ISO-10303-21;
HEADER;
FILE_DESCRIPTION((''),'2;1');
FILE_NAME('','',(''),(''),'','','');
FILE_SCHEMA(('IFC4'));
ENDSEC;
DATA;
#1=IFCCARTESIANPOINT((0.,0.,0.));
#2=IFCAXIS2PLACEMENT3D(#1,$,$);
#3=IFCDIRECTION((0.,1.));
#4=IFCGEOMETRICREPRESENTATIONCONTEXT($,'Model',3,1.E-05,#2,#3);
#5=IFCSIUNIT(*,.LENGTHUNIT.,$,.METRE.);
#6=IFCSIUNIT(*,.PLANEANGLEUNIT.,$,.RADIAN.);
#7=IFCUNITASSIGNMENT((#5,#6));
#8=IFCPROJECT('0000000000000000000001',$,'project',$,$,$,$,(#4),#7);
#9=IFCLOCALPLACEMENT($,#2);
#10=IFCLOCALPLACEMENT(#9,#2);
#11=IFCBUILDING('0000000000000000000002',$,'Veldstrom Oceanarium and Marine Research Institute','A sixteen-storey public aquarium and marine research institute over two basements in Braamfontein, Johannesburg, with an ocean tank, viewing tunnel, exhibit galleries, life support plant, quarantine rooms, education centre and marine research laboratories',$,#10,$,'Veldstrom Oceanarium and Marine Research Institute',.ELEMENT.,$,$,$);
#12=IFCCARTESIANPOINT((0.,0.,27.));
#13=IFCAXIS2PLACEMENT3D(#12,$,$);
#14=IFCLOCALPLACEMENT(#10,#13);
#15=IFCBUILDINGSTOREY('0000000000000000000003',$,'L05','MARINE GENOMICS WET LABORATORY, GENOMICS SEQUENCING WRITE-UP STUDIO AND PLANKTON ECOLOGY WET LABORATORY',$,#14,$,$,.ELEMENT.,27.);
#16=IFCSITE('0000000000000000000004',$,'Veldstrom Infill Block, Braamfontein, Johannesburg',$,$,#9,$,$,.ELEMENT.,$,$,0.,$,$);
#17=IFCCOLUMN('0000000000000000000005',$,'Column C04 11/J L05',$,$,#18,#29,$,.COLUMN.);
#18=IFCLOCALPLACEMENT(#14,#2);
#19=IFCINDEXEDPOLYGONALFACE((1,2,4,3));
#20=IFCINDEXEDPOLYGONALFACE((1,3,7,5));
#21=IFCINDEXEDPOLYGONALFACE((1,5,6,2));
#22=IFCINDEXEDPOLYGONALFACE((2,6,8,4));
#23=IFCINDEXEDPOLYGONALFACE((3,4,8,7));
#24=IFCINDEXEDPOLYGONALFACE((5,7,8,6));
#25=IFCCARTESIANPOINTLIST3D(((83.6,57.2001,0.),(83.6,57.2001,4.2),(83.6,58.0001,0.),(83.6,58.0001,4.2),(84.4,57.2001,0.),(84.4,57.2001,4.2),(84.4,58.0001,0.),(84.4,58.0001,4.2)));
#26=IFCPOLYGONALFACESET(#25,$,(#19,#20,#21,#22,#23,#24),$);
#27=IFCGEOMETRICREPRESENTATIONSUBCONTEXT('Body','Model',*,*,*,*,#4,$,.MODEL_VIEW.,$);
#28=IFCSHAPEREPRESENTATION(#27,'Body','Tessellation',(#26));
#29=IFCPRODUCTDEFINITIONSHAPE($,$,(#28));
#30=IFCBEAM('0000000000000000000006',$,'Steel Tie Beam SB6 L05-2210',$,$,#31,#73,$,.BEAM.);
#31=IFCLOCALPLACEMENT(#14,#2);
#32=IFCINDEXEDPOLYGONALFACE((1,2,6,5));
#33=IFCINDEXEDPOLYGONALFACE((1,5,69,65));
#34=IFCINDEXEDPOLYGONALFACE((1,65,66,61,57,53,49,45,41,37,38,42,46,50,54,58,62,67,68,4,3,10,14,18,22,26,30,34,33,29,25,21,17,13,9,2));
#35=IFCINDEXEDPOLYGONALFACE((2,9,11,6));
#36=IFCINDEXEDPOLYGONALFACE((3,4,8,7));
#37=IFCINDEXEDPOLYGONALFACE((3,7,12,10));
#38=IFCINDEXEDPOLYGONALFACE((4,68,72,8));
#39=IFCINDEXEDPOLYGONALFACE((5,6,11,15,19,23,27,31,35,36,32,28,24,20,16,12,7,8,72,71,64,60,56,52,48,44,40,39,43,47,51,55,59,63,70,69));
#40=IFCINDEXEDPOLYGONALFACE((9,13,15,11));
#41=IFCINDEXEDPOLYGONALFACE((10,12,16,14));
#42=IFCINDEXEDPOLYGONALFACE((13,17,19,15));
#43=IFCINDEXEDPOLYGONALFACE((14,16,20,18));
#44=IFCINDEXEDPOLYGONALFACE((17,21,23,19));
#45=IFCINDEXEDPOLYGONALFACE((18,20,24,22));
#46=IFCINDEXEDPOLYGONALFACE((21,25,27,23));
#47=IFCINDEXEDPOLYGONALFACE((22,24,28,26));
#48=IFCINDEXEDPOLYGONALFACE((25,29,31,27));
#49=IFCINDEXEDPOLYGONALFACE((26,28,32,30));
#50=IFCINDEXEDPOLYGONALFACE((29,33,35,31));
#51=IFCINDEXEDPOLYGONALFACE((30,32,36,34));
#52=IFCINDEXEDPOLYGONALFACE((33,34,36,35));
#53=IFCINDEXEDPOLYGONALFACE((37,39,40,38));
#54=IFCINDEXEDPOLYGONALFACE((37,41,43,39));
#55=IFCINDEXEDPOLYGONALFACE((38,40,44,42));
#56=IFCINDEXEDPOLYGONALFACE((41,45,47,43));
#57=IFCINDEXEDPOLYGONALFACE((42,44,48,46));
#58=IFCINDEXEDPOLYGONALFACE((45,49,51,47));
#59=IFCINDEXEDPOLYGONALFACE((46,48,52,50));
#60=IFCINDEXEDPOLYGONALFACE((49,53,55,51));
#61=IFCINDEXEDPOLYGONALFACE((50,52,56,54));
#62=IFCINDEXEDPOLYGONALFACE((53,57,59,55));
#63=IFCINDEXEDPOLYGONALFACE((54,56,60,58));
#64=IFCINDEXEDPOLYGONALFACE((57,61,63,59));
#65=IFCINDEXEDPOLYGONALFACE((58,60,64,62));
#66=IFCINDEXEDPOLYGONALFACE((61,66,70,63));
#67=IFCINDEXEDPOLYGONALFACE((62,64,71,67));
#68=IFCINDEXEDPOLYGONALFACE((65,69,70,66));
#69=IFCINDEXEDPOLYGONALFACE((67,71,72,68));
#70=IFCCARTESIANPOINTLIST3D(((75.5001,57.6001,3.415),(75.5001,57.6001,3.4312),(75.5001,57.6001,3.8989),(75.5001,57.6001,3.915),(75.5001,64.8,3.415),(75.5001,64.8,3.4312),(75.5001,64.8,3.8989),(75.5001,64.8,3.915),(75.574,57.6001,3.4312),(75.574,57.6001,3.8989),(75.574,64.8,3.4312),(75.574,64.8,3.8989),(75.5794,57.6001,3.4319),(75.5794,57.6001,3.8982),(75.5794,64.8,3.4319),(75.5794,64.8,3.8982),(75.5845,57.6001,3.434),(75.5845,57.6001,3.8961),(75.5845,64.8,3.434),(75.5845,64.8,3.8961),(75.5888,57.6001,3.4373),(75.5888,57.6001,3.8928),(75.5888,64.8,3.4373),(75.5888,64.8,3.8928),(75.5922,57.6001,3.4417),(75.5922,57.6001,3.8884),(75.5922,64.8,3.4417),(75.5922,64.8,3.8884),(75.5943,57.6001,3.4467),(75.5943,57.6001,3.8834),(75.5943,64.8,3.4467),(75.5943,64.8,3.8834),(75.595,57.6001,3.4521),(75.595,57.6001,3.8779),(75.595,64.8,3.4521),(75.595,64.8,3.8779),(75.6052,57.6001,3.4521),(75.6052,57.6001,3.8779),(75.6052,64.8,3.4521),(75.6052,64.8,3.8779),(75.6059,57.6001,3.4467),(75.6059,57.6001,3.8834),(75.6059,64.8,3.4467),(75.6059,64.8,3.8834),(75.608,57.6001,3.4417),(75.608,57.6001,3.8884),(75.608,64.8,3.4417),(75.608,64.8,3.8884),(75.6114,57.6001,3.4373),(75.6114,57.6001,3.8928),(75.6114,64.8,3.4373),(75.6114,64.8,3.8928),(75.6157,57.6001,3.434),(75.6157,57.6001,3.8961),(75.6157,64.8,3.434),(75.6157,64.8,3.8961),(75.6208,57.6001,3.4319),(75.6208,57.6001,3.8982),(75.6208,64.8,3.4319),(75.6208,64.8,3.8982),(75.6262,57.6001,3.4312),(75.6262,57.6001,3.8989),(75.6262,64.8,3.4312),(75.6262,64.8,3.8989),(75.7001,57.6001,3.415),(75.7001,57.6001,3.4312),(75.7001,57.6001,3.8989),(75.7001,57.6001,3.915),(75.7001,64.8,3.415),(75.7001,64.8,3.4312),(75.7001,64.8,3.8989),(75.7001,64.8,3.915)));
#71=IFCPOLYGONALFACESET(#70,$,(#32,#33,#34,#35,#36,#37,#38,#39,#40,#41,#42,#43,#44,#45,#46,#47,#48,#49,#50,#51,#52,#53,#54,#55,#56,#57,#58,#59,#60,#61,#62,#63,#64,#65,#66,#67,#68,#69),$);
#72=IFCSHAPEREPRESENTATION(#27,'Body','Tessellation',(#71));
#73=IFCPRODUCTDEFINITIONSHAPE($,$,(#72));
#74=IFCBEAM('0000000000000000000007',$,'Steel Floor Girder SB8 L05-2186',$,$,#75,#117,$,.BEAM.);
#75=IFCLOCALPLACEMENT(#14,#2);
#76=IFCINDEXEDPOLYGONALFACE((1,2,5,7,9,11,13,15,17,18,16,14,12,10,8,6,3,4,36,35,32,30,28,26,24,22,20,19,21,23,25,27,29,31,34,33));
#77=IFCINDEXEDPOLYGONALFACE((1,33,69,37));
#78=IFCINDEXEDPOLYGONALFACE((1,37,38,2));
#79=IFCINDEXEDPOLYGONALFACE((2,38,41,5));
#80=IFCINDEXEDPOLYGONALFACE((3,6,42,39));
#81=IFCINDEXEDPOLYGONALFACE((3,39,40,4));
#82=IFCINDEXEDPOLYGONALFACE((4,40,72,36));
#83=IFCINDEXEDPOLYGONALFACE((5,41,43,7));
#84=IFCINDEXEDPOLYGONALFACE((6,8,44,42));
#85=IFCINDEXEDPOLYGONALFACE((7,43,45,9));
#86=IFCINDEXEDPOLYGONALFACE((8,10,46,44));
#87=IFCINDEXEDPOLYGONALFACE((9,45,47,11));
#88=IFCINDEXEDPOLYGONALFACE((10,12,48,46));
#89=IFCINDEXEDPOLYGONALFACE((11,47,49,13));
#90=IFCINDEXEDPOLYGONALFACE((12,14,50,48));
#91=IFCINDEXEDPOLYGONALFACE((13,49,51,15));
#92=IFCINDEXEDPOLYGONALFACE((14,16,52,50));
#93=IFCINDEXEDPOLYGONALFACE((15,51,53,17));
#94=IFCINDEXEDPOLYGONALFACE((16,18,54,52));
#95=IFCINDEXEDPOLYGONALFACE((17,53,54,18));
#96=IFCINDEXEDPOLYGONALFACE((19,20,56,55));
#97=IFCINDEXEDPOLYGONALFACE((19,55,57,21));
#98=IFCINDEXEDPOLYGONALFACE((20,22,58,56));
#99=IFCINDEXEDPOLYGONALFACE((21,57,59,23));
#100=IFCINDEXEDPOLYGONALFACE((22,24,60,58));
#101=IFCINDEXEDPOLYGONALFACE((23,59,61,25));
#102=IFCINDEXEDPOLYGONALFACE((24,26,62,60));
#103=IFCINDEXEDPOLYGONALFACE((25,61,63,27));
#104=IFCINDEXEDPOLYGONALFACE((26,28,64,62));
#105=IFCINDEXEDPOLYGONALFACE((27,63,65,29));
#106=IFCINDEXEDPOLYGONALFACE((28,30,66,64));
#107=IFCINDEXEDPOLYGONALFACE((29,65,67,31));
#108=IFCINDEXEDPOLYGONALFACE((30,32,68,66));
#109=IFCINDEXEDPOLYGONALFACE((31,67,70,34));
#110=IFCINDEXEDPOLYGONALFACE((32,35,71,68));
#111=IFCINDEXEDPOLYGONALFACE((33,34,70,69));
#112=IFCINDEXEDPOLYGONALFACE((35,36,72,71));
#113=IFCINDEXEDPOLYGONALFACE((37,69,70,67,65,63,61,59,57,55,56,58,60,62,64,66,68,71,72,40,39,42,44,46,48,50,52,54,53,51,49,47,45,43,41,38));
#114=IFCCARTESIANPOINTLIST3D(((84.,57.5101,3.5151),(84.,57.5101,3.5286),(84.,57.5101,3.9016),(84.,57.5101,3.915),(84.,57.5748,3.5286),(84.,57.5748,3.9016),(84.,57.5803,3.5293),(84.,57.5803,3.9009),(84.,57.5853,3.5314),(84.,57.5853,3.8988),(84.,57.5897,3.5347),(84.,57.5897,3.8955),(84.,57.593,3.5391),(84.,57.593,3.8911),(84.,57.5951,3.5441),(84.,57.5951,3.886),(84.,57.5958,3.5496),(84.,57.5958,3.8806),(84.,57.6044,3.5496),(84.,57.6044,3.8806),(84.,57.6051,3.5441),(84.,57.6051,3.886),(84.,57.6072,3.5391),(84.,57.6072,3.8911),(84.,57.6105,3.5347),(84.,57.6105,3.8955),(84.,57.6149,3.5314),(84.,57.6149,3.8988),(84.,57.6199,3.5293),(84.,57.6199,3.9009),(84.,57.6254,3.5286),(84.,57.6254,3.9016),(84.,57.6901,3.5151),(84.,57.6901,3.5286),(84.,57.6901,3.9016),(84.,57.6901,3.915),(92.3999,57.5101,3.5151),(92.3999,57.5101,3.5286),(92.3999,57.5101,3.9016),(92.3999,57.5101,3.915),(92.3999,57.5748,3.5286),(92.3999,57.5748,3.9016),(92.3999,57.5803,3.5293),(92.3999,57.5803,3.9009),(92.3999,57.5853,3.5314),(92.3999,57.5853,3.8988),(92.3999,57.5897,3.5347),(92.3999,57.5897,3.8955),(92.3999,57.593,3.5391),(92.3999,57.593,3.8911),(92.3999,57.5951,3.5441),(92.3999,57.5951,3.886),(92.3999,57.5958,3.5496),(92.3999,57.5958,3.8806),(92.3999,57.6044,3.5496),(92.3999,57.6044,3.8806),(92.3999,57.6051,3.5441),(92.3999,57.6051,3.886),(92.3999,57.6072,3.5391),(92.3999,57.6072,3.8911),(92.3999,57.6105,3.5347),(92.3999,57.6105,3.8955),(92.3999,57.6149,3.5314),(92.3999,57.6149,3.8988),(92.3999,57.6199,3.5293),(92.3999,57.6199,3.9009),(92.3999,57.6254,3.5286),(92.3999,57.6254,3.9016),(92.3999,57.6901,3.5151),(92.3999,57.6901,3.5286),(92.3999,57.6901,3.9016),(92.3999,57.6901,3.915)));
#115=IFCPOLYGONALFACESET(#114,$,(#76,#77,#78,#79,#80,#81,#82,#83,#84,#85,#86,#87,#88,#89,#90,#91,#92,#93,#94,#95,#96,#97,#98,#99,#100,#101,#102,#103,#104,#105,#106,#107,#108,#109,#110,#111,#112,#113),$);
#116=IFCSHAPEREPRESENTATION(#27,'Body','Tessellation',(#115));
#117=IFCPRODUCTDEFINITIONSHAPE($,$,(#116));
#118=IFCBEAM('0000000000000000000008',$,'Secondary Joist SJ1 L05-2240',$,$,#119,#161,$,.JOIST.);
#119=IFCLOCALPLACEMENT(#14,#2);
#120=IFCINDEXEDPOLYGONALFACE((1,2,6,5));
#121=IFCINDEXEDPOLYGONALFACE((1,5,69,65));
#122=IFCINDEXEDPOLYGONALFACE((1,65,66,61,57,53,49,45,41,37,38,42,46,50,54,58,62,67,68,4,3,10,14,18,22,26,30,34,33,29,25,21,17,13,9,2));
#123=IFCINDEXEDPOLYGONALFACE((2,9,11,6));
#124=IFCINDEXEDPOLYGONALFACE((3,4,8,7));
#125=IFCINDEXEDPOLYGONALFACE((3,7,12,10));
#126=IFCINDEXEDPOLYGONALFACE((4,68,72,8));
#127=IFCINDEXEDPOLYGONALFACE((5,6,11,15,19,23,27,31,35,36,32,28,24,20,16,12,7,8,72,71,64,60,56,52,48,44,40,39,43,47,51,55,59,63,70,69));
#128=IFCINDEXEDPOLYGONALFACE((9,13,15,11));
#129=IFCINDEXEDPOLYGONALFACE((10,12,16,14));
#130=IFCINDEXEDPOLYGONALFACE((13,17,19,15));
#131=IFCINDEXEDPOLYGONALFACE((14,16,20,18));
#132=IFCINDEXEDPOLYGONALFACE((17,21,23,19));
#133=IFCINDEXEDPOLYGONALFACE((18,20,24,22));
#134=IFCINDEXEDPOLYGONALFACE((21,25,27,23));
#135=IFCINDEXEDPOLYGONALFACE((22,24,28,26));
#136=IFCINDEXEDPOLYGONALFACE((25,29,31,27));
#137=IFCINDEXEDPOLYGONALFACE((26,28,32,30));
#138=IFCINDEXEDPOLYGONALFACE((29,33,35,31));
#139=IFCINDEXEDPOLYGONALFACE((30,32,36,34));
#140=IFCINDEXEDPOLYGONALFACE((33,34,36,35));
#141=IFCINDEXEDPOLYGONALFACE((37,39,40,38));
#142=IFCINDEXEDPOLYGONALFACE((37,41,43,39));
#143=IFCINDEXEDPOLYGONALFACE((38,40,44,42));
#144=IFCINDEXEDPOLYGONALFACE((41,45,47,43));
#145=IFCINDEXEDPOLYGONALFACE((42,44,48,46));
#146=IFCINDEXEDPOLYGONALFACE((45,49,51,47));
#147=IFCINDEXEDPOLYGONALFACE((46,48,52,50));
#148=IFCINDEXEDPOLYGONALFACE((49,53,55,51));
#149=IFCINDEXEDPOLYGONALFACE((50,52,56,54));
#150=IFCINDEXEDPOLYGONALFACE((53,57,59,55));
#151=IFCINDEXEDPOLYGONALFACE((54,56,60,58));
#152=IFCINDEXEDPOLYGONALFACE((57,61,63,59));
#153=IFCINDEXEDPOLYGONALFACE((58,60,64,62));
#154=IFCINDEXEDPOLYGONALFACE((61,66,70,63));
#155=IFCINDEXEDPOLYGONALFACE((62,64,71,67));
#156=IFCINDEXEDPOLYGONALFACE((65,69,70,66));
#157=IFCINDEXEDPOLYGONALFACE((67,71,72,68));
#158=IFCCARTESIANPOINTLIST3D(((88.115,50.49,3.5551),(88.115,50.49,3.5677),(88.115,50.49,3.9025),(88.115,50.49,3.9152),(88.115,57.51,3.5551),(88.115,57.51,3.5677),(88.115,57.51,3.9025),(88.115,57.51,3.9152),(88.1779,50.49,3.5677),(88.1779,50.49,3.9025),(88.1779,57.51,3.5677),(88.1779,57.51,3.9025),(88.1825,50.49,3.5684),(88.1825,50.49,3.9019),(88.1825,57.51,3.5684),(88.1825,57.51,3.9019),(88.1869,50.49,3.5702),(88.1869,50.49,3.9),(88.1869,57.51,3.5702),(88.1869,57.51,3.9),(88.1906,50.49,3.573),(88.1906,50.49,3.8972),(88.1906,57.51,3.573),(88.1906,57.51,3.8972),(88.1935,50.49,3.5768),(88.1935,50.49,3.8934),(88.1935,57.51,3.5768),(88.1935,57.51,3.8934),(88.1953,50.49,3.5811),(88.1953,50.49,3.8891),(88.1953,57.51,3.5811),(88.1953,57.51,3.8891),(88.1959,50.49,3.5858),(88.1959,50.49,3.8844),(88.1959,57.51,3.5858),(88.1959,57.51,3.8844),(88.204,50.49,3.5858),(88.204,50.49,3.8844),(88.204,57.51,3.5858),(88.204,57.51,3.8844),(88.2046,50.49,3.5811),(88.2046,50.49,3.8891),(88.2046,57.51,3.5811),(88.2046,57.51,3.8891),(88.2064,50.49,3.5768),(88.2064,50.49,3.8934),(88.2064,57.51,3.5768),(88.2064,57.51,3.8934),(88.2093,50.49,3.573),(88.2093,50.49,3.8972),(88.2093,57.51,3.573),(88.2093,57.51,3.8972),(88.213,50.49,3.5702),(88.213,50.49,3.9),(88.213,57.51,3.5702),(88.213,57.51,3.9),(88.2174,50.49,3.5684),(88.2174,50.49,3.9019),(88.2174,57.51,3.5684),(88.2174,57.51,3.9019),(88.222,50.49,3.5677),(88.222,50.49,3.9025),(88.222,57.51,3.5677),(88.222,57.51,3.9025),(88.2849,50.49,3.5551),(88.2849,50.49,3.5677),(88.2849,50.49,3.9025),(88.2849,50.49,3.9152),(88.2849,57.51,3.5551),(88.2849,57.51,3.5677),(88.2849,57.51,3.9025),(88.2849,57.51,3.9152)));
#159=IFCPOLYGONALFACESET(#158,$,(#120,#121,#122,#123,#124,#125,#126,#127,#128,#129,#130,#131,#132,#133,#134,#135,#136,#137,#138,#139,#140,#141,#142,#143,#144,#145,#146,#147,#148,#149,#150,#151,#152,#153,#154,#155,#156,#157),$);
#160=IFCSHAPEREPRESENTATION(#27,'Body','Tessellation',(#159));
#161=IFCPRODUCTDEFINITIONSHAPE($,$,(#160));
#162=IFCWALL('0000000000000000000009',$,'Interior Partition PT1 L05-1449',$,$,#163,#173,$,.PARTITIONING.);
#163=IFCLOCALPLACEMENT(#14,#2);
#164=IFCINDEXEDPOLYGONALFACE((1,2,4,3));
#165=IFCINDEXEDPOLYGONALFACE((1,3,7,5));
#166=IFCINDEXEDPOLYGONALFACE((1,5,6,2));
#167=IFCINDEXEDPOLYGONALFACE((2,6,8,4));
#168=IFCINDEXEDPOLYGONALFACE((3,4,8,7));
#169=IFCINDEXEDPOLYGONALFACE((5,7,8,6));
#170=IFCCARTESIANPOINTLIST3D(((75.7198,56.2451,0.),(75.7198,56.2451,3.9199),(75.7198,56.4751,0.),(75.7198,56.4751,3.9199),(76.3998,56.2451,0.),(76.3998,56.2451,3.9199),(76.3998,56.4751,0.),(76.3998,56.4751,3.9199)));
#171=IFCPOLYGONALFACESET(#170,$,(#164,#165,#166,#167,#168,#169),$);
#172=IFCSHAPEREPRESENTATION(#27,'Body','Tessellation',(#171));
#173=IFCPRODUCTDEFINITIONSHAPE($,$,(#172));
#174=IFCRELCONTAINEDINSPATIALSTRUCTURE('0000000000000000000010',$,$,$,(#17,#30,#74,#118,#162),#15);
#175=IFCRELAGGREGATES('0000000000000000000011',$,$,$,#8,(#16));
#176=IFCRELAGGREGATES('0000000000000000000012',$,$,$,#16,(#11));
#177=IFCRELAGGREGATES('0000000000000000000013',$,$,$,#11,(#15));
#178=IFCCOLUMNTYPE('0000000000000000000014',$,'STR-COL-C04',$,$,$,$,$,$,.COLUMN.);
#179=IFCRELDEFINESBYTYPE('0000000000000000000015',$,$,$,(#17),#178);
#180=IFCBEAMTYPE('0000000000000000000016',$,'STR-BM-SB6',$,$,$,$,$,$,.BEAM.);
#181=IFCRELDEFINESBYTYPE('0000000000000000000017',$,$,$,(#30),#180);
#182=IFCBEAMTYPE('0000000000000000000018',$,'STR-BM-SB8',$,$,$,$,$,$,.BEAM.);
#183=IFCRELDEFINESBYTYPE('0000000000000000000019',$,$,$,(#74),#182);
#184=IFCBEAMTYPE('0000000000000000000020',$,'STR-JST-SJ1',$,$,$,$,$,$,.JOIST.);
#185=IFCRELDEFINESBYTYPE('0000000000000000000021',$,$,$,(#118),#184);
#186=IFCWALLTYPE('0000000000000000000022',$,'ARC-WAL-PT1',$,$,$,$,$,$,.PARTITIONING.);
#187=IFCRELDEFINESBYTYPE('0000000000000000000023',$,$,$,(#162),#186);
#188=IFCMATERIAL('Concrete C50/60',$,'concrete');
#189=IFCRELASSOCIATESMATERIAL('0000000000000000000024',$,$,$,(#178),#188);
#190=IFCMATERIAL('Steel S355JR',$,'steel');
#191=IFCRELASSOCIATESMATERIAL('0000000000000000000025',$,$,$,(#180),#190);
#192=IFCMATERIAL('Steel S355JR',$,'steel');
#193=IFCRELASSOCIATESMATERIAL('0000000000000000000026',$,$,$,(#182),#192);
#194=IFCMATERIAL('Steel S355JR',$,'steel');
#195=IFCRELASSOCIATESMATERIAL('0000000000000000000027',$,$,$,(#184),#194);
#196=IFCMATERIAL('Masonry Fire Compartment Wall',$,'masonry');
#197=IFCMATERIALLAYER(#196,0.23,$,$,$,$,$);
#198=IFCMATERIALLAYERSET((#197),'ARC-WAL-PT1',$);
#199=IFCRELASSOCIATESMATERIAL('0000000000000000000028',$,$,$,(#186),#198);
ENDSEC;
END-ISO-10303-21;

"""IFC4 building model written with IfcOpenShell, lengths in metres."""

from ifc_helpers import new_model, si_unit, direction, frame, frame_2d, origin, origin_2d, place, context, subcontext, project, spatial, rectangle, i_section, extrude, material, layer, layer_set, material_profile, profile_set, type_object, element, save


model = new_model("IFC4")

# Units and contexts
model_context = context("Model", 3, precision=1e-05, world=origin(), true_north=direction((0.0, 1.0)))
body_context = subcontext(model_context, "Body", "Model", "MODEL_VIEW")
ifc_project = project(units=[si_unit("LENGTHUNIT", "METRE"), si_unit("PLANEANGLEUNIT", "RADIAN")], contexts=[model_context])

# Site, building, storey
site_placement = place(None, origin())
site = spatial("IfcSite", under=ifc_project, at=site_placement, Name="Veldstrom Infill Block, Braamfontein, Johannesburg", CompositionType="ELEMENT", RefElevation=0.0)
building_placement = place(site_placement, origin())
building = spatial("IfcBuilding", under=site, at=building_placement, Name="Veldstrom Oceanarium and Marine Research Institute", Description="A sixteen-storey public aquarium and marine research institute over two basements in Braamfontein, Johannesburg, with an ocean tank, viewing tunnel, exhibit galleries, life support plant, quarantine rooms, education centre and marine research laboratories", LongName="Veldstrom Oceanarium and Marine Research Institute", CompositionType="ELEMENT")
storey_placement = place(building_placement, frame((0.0, 0.0, 27.0)))
storey = spatial("IfcBuildingStorey", under=building, at=storey_placement, Name="L05", Description="MARINE GENOMICS WET LABORATORY, GENOMICS SEQUENCING WRITE-UP STUDIO AND PLANKTON ECOLOGY WET LABORATORY", CompositionType="ELEMENT", Elevation=27.0)

# Column
ifc_material_1 = material(Name="Concrete C50/60", Category="concrete")
ifc_material_profile_1 = material_profile(ifc_material_1, rectangle(XDim=0.8, YDim=0.8, at=origin_2d()), Name="RC-COL-800x800")
ifc_profile_set_1 = profile_set([ifc_material_profile_1], Name="Concrete C50/60")
column_type = type_object("IfcColumnType", Name="STR-COL-C04", PredefinedType="COLUMN", material=ifc_profile_set_1)
column_placement = place(storey_placement, frame((84.0, 57.6001, 0.0), z_axis=(0.0, 0.0, 1.0), x_axis=(1.0, 0.0, 0.0)))
element("IfcColumn", 1, at=column_placement, inside=storey, type_object=column_type, Name="Column C04 11/J L05", PredefinedType="COLUMN", context=body_context, shape_type="SweptSolid", body=[
    extrude(rectangle(XDim=0.8, YDim=0.8, at=origin_2d()), origin(), (0.0, 0.0, 1.0), 4.2),
])

# Beams
ifc_material_2 = material(Name="Steel S355JR", Category="steel")
ifc_material_profile_2 = material_profile(ifc_material_2, i_section(OverallWidth=0.2, OverallDepth=0.5, WebThickness=0.0103, FlangeThickness=0.0161, FilletRadius=0.021, at=origin_2d()), Name="IPE 500")
ifc_profile_set_2 = profile_set([ifc_material_profile_2], Name="Steel S355JR")
beam_type_1 = type_object("IfcBeamType", Name="STR-BM-SB6", PredefinedType="BEAM", material=ifc_profile_set_2)
beam_1_placement = place(storey_placement, frame((75.6001, 57.6001, 3.665), z_axis=(0.0, 1.0, 0.0), x_axis=(-1.0, 0.0, 0.0)))
element("IfcBeam", 2, at=beam_1_placement, inside=storey, type_object=beam_type_1, Name="Steel Tie Beam SB6 L05-2210", PredefinedType="BEAM", context=body_context, shape_type="SweptSolid", body=[
    extrude(i_section(OverallWidth=0.2, OverallDepth=0.5, WebThickness=0.0103, FlangeThickness=0.0161, FilletRadius=0.021, at=origin_2d()), origin(), (0.0, 0.0, 1.0), 7.2),
])
ifc_material_3 = material(Name="Steel S355JR", Category="steel")
ifc_material_profile_3 = material_profile(ifc_material_3, i_section(OverallWidth=0.1799, OverallDepth=0.3999, WebThickness=0.0085, FlangeThickness=0.0134, FilletRadius=0.021, at=origin_2d()), Name="IPE 400")
ifc_profile_set_3 = profile_set([ifc_material_profile_3], Name="Steel S355JR")
beam_type_2 = type_object("IfcBeamType", Name="STR-BM-SB8", PredefinedType="BEAM", material=ifc_profile_set_3)
beam_2_placement = place(storey_placement, frame((84.0, 57.6001, 3.7151), z_axis=(1.0, 0.0, 0.0), x_axis=(0.0, 1.0, 0.0)))
element("IfcBeam", 3, at=beam_2_placement, inside=storey, type_object=beam_type_2, Name="Steel Floor Girder SB8 L05-2186", PredefinedType="BEAM", context=body_context, shape_type="SweptSolid", body=[
    extrude(i_section(OverallWidth=0.1799, OverallDepth=0.3999, WebThickness=0.0085, FlangeThickness=0.0134, FilletRadius=0.021, at=origin_2d()), origin(), (0.0, 0.0, 1.0), 8.3999),
])
ifc_material_4 = material(Name="Steel S355JR", Category="steel")
ifc_material_profile_4 = material_profile(ifc_material_4, i_section(OverallWidth=0.1699, OverallDepth=0.3601, WebThickness=0.0081, FlangeThickness=0.0127, FilletRadius=0.0181, at=origin_2d()), Name="IPE 360")
ifc_profile_set_4 = profile_set([ifc_material_profile_4], Name="Steel S355JR")
beam_type_3 = type_object("IfcBeamType", Name="STR-JST-SJ1", PredefinedType="JOIST", material=ifc_profile_set_4)
beam_3_placement = place(storey_placement, frame((88.2, 50.49, 3.7351), z_axis=(0.0, 1.0, 0.0), x_axis=(-1.0, 0.0, 0.0)))
element("IfcBeam", 4, at=beam_3_placement, inside=storey, type_object=beam_type_3, Name="Secondary Joist SJ1 L05-2240", PredefinedType="JOIST", context=body_context, shape_type="SweptSolid", body=[
    extrude(i_section(OverallWidth=0.1699, OverallDepth=0.3601, WebThickness=0.0081, FlangeThickness=0.0127, FilletRadius=0.0181, at=origin_2d()), origin(), (0.0, 0.0, 1.0), 7.02),
])

# Shared definitions
ifc_material_5 = material(Name="Masonry Fire Compartment Wall", Category="masonry")
ifc_layer_1 = layer(ifc_material_5, 0.23)
ifc_layer_set_1 = layer_set([ifc_layer_1], Name="ARC-WAL-PT1")
wall_type_1 = type_object("IfcWallType", Name="ARC-WAL-PT1", PredefinedType="PARTITIONING", material=ifc_layer_set_1)

# Wall
wall_1_placement = place(storey_placement, frame((75.72, 56.3601, 0.0), z_axis=(0.0, 0.0, 1.0), x_axis=(1.0, 0.0, 0.0)))
element("IfcWall", 5, at=wall_1_placement, inside=storey, type_object=wall_type_1, Name="Interior Partition PT1 L05-1449", PredefinedType="PARTITIONING", context=body_context, shape_type="SweptSolid", body=[
    extrude(rectangle(XDim=0.6799, YDim=0.23, at=frame_2d((0.3398, 0.0))), origin(), (0.0, 0.0, 1.0), 3.9199),
])

save(model, "model.ifc")
